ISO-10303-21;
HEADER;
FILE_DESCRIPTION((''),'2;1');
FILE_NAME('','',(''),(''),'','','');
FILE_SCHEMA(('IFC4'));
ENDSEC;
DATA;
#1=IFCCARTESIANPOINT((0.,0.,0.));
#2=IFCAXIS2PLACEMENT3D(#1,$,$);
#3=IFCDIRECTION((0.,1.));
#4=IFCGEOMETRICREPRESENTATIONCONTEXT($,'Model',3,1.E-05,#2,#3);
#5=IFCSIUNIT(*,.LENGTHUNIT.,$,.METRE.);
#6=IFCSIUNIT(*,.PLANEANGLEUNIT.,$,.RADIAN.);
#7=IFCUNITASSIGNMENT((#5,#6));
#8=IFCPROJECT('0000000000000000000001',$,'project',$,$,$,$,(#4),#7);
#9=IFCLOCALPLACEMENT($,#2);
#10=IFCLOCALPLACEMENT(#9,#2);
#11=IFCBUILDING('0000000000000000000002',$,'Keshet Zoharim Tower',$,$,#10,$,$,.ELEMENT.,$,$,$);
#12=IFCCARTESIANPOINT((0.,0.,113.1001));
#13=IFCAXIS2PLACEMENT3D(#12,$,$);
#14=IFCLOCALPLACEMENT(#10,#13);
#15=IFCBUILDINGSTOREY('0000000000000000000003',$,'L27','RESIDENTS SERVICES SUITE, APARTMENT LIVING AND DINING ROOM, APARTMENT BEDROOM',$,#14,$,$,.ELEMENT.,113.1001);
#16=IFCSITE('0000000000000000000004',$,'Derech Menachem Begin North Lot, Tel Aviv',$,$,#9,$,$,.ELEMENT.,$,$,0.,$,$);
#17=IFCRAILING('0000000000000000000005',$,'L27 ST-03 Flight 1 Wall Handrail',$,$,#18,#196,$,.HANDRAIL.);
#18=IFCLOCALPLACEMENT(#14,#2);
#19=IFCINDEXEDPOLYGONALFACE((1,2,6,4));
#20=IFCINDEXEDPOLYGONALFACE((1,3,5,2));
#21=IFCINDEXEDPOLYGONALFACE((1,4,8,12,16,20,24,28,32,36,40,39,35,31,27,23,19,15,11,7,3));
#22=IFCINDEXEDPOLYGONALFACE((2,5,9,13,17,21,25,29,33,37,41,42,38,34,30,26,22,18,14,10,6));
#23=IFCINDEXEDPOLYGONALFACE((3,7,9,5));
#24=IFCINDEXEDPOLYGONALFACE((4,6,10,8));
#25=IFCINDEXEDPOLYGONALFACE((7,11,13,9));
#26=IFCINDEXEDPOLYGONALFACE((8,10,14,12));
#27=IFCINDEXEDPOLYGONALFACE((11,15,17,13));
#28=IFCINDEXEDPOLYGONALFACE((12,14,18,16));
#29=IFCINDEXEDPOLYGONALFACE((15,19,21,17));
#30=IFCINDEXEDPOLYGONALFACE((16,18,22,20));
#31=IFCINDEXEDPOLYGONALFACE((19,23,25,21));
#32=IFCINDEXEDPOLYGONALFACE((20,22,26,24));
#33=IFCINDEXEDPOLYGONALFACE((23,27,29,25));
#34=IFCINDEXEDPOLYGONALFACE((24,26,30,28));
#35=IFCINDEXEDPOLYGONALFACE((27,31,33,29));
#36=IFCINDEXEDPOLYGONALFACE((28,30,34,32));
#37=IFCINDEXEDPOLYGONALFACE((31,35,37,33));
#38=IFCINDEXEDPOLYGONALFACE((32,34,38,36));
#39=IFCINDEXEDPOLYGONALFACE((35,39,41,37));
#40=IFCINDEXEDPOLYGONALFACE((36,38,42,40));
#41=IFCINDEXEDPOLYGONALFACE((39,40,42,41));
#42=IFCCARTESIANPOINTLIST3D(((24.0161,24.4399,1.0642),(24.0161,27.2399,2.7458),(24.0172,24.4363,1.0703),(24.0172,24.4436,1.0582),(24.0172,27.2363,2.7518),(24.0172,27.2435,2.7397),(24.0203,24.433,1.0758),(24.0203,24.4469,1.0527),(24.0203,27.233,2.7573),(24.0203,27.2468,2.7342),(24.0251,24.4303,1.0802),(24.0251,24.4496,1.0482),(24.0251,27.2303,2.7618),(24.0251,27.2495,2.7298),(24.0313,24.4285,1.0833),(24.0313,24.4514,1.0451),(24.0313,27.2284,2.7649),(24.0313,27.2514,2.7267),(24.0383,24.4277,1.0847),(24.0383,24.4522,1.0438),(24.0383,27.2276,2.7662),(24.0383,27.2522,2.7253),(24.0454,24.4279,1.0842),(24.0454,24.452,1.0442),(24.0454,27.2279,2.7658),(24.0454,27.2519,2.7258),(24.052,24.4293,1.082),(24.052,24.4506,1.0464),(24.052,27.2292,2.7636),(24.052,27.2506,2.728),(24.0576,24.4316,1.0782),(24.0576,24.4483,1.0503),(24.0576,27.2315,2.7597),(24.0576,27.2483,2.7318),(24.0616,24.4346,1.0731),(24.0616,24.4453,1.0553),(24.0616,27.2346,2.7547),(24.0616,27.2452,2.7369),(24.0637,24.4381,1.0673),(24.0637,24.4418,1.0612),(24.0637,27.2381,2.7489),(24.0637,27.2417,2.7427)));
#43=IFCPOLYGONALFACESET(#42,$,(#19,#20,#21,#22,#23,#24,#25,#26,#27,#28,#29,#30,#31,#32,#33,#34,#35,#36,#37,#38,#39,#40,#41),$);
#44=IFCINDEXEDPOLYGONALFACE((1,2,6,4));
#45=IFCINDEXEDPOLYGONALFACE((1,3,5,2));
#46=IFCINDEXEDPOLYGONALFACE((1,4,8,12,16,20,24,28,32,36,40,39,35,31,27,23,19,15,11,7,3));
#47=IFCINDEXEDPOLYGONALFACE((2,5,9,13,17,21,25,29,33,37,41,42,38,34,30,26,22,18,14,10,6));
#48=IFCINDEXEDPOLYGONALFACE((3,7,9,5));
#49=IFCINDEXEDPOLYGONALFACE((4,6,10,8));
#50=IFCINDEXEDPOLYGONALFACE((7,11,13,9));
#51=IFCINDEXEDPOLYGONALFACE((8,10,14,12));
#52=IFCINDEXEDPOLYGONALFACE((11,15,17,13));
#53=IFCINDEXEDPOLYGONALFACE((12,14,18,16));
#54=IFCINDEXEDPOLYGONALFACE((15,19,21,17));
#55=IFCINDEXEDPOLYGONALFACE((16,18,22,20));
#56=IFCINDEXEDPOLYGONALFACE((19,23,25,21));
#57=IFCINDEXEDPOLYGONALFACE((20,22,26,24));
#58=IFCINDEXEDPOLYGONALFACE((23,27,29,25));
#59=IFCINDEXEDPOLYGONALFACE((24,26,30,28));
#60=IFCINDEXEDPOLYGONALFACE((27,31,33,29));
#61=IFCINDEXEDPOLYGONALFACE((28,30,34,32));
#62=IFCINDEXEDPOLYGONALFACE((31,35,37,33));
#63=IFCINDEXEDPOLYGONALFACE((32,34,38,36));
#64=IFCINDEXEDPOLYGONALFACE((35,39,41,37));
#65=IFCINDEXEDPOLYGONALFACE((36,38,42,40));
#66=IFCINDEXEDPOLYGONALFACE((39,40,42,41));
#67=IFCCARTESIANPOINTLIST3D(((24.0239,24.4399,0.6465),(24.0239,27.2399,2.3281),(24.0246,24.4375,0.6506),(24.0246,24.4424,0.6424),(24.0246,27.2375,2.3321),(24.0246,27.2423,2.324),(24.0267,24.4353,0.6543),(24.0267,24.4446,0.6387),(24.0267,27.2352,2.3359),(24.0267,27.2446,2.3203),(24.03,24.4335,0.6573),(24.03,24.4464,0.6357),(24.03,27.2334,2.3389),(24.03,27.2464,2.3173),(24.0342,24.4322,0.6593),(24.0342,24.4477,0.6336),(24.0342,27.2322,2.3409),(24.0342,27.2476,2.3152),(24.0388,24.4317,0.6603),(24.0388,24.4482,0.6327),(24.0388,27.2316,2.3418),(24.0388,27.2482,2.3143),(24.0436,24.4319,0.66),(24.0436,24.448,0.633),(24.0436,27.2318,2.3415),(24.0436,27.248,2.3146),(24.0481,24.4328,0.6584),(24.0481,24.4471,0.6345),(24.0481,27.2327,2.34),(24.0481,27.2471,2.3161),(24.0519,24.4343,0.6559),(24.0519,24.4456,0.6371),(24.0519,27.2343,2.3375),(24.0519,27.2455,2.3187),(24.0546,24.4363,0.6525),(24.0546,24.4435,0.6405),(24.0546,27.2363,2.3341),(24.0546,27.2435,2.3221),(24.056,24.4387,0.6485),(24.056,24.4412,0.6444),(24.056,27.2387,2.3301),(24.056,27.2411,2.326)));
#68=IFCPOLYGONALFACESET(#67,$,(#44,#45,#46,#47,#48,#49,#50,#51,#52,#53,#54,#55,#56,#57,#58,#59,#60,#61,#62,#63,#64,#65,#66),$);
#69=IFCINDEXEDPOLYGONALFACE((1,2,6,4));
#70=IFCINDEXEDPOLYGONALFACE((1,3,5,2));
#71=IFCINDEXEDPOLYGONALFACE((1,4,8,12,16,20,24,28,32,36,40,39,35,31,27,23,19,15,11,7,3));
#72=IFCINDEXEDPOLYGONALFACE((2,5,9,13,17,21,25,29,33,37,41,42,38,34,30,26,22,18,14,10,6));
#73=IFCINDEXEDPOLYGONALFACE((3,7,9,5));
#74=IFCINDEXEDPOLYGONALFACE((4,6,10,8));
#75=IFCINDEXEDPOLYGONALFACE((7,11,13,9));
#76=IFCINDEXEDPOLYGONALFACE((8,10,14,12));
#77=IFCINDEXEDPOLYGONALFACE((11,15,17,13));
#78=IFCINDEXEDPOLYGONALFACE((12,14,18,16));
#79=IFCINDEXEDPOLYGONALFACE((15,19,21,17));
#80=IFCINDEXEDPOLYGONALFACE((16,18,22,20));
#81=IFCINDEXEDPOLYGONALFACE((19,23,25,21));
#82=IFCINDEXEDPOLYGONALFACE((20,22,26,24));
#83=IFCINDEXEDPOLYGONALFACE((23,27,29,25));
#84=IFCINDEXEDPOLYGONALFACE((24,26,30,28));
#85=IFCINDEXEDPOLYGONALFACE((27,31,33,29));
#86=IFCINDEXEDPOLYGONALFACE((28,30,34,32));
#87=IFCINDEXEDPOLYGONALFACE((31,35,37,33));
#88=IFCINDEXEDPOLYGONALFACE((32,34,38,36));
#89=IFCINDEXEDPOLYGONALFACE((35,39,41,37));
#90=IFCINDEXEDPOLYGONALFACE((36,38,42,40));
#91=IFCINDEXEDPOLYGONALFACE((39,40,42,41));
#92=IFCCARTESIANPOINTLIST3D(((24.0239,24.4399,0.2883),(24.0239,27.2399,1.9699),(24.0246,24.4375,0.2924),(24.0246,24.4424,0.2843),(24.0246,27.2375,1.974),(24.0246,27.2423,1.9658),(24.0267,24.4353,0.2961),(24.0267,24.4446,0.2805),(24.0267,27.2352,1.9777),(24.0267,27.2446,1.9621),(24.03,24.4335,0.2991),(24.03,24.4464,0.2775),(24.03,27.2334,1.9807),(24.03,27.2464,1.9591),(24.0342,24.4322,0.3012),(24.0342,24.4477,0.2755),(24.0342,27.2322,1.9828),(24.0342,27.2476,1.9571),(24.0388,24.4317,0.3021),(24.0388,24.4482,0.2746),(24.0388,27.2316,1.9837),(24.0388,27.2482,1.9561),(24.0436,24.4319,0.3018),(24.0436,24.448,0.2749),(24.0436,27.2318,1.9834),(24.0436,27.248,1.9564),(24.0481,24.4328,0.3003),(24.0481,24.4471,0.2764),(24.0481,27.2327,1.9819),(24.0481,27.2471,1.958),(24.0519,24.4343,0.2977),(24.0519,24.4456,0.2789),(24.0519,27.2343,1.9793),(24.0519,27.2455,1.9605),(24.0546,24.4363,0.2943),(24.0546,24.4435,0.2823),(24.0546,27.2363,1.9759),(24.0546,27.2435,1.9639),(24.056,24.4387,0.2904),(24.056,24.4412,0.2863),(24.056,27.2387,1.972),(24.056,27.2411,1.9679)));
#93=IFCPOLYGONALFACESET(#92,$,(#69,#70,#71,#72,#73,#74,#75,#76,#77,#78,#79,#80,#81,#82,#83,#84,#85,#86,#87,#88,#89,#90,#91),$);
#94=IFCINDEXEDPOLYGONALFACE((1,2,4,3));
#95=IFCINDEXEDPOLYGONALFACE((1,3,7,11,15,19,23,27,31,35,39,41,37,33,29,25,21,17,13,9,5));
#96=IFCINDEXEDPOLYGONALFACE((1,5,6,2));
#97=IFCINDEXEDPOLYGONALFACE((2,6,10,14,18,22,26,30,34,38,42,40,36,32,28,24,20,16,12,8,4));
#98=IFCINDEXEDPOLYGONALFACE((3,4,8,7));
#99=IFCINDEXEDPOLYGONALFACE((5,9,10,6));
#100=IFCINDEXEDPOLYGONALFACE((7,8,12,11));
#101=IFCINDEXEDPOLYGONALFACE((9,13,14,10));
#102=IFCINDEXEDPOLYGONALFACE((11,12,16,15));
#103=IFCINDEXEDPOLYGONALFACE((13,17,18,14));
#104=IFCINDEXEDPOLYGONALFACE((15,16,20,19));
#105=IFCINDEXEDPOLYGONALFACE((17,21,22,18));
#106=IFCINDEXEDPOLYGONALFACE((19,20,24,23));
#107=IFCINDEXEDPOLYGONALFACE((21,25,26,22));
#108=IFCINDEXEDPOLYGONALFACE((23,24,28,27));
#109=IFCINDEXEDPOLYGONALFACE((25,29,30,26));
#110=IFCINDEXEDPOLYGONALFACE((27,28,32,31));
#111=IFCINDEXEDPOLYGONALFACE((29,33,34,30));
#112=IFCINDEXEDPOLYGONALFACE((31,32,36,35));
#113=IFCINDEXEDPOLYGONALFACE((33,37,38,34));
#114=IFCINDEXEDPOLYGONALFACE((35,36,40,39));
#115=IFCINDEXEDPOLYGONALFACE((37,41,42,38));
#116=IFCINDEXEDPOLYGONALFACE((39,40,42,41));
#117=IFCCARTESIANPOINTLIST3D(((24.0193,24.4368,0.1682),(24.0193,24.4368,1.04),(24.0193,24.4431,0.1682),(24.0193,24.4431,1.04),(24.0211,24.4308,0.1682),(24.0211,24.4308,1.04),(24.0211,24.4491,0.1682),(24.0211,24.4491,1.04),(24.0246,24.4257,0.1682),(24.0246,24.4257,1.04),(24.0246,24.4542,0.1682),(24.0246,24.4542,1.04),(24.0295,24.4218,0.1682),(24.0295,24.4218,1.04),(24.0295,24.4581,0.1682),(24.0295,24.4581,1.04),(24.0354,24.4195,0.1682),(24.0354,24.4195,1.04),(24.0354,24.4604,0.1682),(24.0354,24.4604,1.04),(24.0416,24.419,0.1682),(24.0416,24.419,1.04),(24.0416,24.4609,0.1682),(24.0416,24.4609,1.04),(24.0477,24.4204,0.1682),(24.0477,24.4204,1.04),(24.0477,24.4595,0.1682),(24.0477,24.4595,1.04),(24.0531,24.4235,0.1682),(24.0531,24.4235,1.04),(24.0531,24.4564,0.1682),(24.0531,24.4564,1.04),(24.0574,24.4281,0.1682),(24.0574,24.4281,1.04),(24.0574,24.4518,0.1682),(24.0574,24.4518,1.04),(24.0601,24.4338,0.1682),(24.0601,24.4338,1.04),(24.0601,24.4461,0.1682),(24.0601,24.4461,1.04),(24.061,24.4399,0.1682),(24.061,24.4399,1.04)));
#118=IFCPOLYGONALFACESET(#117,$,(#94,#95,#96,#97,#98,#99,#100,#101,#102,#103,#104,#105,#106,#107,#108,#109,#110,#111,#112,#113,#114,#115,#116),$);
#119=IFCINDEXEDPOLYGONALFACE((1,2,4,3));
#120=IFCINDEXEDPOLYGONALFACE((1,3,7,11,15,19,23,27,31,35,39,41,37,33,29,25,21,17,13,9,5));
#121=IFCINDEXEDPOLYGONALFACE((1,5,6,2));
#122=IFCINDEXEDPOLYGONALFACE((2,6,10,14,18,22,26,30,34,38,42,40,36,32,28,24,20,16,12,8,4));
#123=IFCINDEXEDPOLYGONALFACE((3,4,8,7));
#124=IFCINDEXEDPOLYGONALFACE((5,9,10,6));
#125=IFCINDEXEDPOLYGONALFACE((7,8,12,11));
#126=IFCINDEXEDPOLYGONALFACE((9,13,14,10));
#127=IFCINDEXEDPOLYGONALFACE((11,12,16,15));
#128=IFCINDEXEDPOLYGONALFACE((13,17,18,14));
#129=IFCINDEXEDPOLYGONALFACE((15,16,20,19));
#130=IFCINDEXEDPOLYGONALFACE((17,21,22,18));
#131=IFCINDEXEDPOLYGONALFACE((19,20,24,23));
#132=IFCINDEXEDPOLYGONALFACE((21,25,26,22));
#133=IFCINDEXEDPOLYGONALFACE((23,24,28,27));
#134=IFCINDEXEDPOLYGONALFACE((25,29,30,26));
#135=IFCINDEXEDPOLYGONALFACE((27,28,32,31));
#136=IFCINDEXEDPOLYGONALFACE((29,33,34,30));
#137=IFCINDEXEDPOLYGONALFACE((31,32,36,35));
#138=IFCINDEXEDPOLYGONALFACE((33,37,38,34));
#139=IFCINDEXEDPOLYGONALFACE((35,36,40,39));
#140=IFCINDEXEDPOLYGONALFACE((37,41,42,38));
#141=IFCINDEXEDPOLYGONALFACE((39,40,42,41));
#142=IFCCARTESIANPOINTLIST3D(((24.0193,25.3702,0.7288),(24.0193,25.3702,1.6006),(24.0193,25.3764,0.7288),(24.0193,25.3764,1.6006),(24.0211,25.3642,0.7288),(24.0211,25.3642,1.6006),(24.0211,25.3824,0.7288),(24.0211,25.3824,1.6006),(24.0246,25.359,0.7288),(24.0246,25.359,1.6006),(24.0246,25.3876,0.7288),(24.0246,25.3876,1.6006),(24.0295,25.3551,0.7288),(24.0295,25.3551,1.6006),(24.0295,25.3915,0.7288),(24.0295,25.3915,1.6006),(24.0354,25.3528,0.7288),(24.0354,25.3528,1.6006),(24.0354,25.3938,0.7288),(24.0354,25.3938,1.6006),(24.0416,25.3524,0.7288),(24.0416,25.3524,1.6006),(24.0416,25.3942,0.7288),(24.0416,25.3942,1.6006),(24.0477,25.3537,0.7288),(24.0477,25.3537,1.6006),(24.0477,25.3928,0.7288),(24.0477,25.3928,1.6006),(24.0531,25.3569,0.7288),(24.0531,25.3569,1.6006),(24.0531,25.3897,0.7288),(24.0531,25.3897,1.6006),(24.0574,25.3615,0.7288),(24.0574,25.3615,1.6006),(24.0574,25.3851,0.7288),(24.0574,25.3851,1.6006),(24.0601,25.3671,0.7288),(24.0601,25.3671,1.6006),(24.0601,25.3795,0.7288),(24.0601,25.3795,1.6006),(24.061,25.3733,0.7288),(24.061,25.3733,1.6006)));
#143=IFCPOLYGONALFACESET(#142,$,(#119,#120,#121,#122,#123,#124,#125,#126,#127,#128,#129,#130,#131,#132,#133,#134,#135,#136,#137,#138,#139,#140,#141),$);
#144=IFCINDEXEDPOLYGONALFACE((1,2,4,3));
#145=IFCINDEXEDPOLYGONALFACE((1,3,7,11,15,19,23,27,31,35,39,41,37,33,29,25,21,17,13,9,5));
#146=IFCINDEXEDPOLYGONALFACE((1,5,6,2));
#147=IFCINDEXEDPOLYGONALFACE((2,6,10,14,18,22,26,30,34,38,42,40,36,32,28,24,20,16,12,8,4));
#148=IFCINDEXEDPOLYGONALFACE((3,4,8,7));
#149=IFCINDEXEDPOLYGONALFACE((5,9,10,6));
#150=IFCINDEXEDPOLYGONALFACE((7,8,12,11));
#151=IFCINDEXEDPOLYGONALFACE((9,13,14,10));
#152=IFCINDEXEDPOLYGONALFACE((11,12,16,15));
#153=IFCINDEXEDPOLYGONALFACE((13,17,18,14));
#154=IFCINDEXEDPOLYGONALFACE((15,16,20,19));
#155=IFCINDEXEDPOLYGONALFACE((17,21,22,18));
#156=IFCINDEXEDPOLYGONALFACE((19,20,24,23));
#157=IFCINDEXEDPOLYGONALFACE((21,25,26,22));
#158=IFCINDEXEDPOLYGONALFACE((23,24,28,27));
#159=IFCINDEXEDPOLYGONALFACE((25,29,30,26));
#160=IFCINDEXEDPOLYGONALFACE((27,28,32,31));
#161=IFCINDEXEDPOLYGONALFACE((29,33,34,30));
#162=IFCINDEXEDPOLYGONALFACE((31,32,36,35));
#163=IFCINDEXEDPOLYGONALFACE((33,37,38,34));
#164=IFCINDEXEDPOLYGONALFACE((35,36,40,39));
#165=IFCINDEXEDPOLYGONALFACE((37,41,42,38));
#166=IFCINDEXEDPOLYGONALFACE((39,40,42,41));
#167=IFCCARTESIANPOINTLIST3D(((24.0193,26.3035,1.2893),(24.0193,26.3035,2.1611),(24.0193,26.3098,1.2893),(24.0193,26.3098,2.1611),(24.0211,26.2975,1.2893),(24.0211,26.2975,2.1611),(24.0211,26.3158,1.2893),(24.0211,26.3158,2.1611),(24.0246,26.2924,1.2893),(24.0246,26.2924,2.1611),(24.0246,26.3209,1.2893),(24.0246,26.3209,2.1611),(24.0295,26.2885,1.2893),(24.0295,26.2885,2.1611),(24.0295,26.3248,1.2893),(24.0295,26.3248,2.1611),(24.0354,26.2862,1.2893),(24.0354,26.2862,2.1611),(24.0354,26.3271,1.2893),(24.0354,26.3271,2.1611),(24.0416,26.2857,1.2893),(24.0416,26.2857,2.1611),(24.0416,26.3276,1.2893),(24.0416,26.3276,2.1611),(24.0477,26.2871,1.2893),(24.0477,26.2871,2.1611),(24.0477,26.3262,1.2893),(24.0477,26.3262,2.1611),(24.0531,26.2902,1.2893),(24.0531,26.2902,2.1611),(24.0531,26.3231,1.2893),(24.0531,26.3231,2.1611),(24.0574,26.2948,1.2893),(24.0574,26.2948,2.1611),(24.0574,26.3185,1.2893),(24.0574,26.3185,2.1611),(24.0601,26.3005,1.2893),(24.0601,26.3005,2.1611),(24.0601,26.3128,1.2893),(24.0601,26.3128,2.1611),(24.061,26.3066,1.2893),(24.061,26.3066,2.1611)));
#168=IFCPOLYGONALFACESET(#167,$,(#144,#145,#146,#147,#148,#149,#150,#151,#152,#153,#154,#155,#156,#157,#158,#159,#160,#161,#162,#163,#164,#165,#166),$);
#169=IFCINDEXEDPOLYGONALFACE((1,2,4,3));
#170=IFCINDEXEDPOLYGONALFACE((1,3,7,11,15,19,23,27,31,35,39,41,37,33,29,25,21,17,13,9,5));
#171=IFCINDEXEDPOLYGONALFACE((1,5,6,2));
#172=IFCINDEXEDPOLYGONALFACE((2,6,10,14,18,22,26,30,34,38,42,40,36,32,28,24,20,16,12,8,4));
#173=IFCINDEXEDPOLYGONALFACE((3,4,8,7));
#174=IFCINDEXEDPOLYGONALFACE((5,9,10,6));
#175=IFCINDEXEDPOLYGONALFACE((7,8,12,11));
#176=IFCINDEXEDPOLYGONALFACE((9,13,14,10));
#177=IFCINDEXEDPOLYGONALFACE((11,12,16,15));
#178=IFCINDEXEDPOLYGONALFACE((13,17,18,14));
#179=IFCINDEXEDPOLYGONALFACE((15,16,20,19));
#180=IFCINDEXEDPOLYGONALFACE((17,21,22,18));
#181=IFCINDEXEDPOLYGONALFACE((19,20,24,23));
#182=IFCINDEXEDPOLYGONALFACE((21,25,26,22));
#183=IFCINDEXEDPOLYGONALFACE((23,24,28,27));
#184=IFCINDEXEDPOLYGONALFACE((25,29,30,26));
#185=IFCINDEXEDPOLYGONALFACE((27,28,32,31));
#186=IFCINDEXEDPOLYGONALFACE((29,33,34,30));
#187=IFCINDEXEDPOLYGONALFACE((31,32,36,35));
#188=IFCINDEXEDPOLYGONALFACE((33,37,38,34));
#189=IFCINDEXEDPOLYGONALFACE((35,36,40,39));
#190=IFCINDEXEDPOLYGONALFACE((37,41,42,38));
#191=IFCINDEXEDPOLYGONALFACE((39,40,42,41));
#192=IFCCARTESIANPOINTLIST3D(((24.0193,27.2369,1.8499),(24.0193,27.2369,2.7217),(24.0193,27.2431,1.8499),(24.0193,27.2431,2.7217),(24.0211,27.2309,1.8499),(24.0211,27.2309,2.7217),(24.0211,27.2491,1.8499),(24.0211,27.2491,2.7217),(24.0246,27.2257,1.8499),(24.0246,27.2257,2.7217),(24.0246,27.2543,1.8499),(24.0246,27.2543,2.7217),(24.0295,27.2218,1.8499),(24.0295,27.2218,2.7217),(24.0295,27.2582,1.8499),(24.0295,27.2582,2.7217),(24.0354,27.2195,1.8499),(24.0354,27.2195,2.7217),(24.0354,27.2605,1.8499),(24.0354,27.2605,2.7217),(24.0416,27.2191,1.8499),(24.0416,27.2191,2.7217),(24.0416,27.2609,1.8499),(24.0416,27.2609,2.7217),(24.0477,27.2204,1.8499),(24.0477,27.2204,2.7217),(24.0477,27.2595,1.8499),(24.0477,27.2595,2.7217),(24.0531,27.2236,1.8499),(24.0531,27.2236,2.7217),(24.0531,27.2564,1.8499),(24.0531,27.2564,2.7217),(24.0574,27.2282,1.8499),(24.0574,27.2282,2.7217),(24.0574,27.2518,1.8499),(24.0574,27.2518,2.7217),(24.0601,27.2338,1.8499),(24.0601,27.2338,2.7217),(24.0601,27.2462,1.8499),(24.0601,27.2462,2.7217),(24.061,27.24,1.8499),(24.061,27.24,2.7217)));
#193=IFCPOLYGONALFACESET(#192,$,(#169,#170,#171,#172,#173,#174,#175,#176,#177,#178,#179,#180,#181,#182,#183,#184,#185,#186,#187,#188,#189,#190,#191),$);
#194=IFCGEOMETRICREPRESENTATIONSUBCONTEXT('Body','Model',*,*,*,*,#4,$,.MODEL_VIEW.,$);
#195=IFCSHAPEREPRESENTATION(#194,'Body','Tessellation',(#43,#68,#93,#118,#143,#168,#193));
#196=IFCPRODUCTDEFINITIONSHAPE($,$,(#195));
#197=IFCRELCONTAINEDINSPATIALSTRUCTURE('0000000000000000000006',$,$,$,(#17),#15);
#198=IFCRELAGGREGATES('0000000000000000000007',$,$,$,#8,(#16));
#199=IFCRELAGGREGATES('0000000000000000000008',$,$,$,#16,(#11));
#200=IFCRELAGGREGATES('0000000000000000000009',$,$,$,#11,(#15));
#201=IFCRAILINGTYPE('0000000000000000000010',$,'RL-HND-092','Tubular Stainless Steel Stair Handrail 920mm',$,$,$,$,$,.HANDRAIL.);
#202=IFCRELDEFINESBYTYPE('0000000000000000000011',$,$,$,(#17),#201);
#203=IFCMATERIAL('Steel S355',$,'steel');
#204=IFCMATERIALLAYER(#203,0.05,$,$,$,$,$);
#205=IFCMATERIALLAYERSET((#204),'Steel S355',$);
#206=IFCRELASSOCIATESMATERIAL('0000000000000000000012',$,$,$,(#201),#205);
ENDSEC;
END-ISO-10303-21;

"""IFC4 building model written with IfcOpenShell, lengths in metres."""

from ifc_helpers import new_model, si_unit, direction, frame, origin, origin_2d, place, context, subcontext, project, spatial, circle, extrude, material, layer, layer_set, type_object, element, save


model = new_model("IFC4")

# Units and contexts
model_context = context("Model", 3, precision=1e-05, world=origin(), true_north=direction((0.0, 1.0)))
body_context = subcontext(model_context, "Body", "Model", "MODEL_VIEW")
ifc_project = project(units=[si_unit("LENGTHUNIT", "METRE"), si_unit("PLANEANGLEUNIT", "RADIAN")], contexts=[model_context])

# Site, building, storey
site_placement = place(None, origin())
site = spatial("IfcSite", under=ifc_project, at=site_placement, Name="Derech Menachem Begin North Lot, Tel Aviv", CompositionType="ELEMENT", RefElevation=0.0)
building_placement = place(site_placement, origin())
building = spatial("IfcBuilding", under=site, at=building_placement, Name="Keshet Zoharim Tower", CompositionType="ELEMENT")
storey_placement = place(building_placement, frame((0.0, 0.0, 113.1001)))
storey = spatial("IfcBuildingStorey", under=building, at=storey_placement, Name="L27", Description="RESIDENTS SERVICES SUITE, APARTMENT LIVING AND DINING ROOM, APARTMENT BEDROOM", CompositionType="ELEMENT", Elevation=113.1001)

# Railing
ifc_material_1 = material(Name="Steel S355", Category="steel")
ifc_layer_1 = layer(ifc_material_1, 0.05)
ifc_layer_set_1 = layer_set([ifc_layer_1], Name="Steel S355")
railing_type_1 = type_object("IfcRailingType", Name="RL-HND-092", Description="Tubular Stainless Steel Stair Handrail 920mm", PredefinedType="HANDRAIL", material=ifc_layer_set_1)
railing_1_placement = place(storey_placement, frame((24.04, 24.4399, 0.1682)))
element("IfcRailing", 1, at=railing_1_placement, inside=storey, type_object=railing_type_1, Name="L27 ST-03 Flight 1 Wall Handrail", PredefinedType="HANDRAIL", context=body_context, shape_type="SweptSolid", body=[
    extrude(circle(Radius=0.0239, at=origin_2d()), frame((0.0, 0.0, 0.896), z_axis=(0.0, 0.857275, 0.514858), x_axis=(-1.0, 0.0, 0.0)), (0.0, 0.0, 1.0), 3.2661),
    extrude(circle(Radius=0.0161, at=origin_2d()), frame((0.0, 0.0, 0.4783), z_axis=(0.0, 0.857275, 0.514858), x_axis=(-1.0, 0.0, 0.0)), (0.0, 0.0, 1.0), 3.2661),
    extrude(circle(Radius=0.0161, at=origin_2d()), frame((0.0, 0.0, 0.1201), z_axis=(0.0, 0.857275, 0.514858), x_axis=(-1.0, 0.0, 0.0)), (0.0, 0.0, 1.0), 3.2661),
    extrude(circle(Radius=0.021, at=origin_2d()), origin(), (0.0, 0.0, 1.0), 0.8718),
    extrude(circle(Radius=0.021, at=origin_2d()), frame((0.0, 0.9333, 0.5605)), (0.0, 0.0, 1.0), 0.8718),
    extrude(circle(Radius=0.021, at=origin_2d()), frame((0.0, 1.8667, 1.1211)), (0.0, 0.0, 1.0), 0.8718),
    extrude(circle(Radius=0.021, at=origin_2d()), frame((0.0, 2.8, 1.6816)), (0.0, 0.0, 1.0), 0.8718),
])

save(model, "model.ifc")
